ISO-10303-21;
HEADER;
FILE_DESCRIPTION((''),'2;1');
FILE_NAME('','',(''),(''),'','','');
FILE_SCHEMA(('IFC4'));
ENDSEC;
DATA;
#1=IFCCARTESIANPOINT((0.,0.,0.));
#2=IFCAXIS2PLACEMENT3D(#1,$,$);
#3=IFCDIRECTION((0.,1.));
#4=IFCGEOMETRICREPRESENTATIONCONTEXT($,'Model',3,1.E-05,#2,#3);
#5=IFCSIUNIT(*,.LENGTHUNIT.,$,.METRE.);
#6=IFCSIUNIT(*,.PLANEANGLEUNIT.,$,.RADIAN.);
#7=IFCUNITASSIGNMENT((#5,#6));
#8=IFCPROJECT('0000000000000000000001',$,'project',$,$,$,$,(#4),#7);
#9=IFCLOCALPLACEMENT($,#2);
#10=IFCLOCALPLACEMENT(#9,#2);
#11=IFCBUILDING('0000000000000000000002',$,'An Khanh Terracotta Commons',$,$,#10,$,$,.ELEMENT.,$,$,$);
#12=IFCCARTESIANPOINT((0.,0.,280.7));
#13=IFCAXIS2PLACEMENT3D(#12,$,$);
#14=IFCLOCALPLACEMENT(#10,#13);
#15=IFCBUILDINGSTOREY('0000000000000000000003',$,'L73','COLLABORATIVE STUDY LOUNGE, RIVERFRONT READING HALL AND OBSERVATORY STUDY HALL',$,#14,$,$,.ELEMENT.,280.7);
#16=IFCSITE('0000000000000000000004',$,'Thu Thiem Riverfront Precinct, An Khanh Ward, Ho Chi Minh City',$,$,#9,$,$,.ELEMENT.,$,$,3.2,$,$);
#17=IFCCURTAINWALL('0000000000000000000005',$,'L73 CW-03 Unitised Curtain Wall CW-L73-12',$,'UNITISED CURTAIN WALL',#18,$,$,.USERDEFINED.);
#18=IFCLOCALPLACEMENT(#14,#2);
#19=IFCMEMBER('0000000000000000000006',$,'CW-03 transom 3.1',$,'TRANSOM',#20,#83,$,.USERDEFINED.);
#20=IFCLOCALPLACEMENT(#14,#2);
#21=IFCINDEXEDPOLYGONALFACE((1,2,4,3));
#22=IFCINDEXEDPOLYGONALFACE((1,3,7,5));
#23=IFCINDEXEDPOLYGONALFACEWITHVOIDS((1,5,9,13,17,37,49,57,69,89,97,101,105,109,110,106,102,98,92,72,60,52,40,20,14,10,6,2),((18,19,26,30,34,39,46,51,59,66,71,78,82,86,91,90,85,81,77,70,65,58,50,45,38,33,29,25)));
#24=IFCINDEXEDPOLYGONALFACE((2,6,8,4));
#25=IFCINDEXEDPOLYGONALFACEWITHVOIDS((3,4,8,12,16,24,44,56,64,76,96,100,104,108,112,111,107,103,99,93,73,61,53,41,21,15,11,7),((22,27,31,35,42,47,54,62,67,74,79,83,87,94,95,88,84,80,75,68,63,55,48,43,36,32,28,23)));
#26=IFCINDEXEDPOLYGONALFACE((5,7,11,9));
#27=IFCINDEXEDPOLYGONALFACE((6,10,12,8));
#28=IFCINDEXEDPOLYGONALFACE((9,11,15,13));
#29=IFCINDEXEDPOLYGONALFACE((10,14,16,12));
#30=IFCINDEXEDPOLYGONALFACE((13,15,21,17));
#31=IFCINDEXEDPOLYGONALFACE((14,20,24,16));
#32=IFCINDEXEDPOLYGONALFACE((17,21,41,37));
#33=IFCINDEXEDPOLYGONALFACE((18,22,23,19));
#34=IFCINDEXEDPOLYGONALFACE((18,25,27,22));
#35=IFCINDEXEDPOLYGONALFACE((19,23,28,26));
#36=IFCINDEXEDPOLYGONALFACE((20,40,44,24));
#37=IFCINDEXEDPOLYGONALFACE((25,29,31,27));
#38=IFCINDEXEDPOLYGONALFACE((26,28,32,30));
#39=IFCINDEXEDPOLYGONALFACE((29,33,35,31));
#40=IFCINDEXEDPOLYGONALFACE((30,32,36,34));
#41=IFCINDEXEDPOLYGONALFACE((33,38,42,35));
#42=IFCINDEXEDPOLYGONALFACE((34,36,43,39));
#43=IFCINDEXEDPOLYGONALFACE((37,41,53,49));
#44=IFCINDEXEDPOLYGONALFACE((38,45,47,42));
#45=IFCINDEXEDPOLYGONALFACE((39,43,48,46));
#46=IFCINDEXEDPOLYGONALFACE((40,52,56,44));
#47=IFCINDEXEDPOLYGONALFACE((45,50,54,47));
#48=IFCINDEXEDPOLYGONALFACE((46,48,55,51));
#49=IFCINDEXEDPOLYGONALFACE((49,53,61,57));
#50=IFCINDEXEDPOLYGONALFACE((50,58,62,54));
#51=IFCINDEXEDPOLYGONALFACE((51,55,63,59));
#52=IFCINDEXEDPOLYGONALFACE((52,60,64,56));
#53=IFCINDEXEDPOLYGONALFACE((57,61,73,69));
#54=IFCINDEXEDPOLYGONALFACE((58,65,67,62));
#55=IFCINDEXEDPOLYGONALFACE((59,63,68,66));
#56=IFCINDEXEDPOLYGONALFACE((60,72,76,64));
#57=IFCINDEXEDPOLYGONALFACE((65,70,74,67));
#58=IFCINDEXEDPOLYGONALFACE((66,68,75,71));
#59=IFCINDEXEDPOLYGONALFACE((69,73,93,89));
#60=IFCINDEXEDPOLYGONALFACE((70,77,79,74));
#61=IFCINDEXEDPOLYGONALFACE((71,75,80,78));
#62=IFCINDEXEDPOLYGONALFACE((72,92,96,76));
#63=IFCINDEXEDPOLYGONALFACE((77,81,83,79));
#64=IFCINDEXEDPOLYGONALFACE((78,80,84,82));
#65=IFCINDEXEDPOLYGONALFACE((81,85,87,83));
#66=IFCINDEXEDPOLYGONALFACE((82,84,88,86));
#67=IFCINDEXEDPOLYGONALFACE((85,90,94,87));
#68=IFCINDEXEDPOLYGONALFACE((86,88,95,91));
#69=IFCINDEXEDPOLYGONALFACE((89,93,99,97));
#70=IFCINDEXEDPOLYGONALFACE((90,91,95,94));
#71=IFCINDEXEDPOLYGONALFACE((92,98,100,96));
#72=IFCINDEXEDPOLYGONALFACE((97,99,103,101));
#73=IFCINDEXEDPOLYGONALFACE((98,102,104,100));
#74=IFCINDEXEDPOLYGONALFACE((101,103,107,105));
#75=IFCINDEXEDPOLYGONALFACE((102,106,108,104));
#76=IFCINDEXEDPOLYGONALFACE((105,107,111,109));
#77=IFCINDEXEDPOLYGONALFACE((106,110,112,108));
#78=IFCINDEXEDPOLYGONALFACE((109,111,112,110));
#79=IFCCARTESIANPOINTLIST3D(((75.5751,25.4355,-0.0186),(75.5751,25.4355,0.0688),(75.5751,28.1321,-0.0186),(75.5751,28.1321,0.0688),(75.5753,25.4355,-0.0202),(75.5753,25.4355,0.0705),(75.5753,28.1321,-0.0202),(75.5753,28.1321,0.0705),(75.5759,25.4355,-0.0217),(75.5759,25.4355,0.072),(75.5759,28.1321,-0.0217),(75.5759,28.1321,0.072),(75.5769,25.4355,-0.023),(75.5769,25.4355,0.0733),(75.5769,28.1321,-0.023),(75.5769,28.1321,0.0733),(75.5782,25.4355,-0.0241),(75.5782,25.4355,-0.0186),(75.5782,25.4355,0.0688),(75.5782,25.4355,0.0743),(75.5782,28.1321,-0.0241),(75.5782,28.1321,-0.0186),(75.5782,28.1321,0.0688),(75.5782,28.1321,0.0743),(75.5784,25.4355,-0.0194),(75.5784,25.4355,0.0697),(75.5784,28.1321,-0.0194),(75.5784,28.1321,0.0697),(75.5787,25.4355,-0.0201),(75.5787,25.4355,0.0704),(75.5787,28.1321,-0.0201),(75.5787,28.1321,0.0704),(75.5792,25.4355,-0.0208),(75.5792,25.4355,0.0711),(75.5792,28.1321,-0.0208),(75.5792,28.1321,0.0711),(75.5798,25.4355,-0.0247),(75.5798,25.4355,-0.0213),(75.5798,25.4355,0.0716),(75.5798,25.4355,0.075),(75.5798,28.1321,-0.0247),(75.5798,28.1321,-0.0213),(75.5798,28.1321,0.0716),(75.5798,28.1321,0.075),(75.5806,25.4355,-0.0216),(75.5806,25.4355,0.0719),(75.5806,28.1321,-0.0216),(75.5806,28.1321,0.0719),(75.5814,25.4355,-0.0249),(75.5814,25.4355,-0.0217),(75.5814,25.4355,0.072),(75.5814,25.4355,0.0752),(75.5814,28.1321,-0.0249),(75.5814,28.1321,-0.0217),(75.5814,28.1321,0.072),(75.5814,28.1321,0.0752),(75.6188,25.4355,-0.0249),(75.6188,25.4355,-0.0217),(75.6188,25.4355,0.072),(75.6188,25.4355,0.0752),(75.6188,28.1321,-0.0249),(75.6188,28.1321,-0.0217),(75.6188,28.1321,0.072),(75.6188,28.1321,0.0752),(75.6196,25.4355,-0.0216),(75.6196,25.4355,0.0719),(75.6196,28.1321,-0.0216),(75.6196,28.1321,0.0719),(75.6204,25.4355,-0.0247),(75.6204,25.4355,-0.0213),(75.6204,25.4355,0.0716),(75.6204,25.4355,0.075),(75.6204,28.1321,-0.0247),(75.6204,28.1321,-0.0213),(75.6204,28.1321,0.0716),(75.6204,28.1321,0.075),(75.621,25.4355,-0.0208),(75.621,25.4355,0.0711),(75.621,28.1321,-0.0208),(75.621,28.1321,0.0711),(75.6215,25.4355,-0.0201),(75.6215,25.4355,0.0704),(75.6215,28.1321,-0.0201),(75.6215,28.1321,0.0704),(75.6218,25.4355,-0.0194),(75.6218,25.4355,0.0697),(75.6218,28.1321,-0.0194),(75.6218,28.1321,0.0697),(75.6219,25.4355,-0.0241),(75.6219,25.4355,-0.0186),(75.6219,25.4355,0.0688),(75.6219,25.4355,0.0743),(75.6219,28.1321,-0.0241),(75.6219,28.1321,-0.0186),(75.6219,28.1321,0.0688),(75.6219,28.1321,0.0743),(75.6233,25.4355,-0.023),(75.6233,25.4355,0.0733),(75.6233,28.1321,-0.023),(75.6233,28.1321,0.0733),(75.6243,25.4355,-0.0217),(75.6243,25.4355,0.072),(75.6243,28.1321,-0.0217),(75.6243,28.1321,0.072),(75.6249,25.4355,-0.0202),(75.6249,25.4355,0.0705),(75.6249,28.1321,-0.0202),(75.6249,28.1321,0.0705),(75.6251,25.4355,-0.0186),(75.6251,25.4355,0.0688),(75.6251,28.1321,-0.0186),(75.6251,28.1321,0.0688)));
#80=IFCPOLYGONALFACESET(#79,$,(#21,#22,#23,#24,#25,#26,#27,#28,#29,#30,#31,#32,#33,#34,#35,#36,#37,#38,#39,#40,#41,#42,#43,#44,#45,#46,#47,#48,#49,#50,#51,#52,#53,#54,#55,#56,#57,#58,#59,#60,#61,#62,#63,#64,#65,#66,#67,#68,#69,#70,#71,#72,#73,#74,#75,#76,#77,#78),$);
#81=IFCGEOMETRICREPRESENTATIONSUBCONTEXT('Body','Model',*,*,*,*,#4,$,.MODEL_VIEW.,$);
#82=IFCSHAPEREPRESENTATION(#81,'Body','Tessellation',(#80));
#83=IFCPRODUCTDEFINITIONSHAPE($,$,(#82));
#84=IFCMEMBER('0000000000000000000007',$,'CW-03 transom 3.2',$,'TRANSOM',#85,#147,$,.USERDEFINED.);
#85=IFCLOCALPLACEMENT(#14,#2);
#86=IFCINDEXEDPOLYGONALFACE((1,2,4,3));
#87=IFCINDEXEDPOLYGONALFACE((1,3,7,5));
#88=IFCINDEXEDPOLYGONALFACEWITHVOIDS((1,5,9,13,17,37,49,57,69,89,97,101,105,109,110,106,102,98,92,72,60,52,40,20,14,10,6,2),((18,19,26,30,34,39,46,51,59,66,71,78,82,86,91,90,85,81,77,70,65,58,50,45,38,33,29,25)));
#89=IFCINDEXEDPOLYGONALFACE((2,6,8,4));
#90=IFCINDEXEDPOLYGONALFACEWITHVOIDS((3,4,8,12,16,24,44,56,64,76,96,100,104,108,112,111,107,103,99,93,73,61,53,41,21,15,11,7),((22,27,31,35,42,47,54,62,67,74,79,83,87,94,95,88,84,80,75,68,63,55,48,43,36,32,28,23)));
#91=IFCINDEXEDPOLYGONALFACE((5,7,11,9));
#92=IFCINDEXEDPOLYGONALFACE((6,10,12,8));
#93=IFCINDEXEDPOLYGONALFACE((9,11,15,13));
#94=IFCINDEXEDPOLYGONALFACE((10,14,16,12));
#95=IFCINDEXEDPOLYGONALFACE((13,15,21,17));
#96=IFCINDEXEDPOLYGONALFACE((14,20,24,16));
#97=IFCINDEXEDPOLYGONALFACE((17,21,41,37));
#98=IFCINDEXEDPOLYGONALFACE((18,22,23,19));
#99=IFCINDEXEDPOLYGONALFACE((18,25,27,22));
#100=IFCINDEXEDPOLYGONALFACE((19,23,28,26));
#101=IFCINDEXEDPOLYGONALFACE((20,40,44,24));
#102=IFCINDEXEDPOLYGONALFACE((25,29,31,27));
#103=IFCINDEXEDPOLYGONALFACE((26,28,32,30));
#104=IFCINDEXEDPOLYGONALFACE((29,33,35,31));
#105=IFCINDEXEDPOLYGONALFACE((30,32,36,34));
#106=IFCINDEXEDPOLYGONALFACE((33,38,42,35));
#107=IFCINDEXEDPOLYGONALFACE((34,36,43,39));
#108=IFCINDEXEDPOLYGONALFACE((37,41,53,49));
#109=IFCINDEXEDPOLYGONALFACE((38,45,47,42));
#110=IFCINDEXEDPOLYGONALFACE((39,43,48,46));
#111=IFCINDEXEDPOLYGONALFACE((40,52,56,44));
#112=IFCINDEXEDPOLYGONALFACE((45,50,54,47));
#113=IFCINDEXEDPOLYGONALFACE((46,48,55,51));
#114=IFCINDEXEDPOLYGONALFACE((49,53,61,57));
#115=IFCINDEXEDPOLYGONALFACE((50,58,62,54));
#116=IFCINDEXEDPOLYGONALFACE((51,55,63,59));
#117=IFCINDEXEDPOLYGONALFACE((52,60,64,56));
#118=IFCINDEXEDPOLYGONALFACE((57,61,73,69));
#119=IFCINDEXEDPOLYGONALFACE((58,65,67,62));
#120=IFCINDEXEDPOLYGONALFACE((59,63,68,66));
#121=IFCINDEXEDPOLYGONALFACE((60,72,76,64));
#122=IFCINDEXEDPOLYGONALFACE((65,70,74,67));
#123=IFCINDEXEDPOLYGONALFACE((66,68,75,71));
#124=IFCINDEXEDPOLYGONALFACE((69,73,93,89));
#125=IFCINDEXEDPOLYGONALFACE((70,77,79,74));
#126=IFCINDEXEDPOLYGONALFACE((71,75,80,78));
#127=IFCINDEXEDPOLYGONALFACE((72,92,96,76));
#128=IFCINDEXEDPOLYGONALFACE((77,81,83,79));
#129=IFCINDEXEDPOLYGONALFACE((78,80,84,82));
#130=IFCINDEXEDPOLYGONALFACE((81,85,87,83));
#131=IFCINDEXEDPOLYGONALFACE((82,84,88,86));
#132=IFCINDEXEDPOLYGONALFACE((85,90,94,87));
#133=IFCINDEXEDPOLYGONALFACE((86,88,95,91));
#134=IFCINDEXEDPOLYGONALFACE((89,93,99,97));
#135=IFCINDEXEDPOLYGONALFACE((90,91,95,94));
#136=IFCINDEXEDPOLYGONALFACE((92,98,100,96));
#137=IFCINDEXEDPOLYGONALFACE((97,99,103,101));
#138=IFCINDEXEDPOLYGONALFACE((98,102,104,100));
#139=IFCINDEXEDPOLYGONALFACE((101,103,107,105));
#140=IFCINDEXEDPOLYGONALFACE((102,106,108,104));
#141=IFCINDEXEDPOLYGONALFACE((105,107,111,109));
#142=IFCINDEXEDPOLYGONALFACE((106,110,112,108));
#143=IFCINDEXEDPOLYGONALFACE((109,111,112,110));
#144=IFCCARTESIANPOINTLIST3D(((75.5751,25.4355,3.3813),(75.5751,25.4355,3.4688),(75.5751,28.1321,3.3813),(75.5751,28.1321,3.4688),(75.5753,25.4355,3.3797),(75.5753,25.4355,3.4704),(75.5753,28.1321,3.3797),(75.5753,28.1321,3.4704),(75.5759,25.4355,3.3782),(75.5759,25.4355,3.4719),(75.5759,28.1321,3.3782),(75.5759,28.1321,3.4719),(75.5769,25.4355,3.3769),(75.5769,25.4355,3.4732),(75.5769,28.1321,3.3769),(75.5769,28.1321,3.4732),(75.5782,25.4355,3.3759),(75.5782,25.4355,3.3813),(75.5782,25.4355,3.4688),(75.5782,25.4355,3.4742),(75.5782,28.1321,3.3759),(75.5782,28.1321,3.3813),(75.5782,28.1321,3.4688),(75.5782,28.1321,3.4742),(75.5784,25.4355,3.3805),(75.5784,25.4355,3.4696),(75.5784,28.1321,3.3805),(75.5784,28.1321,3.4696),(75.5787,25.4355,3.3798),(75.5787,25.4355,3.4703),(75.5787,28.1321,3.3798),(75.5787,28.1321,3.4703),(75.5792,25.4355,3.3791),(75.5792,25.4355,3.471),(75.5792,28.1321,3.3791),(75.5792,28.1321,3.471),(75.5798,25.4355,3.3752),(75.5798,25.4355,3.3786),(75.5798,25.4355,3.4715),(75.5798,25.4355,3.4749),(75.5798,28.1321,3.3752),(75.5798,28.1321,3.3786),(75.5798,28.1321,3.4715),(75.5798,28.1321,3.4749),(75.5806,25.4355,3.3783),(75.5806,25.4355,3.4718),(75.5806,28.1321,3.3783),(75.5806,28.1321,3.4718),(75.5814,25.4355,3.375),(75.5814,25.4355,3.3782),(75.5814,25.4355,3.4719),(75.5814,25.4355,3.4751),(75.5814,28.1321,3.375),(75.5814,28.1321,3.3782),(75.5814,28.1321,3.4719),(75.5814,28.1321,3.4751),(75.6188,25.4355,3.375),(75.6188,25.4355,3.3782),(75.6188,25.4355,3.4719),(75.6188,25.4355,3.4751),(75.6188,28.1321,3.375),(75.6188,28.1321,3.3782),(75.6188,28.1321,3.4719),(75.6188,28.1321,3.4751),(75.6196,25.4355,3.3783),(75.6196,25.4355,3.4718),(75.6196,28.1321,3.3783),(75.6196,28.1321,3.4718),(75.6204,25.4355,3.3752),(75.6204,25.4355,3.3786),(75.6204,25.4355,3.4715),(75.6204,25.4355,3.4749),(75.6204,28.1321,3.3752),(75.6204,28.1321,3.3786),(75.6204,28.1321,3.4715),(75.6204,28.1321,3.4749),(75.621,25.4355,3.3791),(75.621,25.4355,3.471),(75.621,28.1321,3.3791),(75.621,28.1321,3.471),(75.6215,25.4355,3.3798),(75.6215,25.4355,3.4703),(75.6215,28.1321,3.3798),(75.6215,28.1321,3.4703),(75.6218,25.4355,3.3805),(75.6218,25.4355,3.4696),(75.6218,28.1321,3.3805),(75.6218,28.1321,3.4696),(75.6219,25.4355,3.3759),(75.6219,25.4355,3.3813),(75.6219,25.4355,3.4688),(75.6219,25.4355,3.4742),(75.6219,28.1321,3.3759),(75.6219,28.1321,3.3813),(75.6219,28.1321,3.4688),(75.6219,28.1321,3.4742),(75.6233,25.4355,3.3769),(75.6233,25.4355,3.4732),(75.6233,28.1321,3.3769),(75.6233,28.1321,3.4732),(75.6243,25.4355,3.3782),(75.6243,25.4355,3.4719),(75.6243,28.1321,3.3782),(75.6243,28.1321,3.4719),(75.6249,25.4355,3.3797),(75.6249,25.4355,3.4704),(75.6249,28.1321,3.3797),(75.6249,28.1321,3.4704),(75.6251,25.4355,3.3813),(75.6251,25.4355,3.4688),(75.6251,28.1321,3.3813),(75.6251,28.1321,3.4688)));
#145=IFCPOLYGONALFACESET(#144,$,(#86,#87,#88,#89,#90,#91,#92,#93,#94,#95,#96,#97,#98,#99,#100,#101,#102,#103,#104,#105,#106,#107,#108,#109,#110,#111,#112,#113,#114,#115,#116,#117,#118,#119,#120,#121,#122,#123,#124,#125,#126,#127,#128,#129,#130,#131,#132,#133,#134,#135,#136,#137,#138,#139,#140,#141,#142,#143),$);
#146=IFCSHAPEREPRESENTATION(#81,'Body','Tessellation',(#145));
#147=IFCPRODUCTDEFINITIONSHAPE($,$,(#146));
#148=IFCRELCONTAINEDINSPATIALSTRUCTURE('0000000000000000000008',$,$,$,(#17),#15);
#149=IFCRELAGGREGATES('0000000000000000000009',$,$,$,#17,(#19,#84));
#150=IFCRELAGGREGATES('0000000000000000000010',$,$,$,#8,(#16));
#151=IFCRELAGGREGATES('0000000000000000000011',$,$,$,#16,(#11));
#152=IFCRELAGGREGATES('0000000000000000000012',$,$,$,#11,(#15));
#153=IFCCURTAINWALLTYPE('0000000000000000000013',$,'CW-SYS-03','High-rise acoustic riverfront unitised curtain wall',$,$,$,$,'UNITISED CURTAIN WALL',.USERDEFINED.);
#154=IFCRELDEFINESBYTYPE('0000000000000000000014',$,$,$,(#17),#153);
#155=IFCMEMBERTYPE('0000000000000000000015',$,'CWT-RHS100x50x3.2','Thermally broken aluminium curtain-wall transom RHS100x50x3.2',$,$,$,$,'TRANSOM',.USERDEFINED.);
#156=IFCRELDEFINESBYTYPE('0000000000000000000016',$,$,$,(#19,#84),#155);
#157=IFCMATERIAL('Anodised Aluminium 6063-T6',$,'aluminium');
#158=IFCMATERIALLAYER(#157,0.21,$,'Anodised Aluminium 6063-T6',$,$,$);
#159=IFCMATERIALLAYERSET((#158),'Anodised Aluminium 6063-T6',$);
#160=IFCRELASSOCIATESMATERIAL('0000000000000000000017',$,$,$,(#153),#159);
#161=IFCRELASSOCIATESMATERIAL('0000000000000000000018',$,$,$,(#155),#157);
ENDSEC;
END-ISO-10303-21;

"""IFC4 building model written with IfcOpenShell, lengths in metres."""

from ifc_helpers import new_model, si_unit, direction, frame, origin, origin_2d, place, context, subcontext, project, spatial, hollow_rectangle, extrude, material, layer, layer_set, material_profile, profile_set, type_object, element, aggregate, save


model = new_model("IFC4")

# Units and contexts
model_context = context("Model", 3, precision=1e-05, world=origin(), true_north=direction((0.0, 1.0)))
body_context = subcontext(model_context, "Body", "Model", "MODEL_VIEW")
ifc_project = project(units=[si_unit("LENGTHUNIT", "METRE"), si_unit("PLANEANGLEUNIT", "RADIAN")], contexts=[model_context])

# Site, building, storey
site_placement = place(None, origin())
site = spatial("IfcSite", under=ifc_project, at=site_placement, Name="Thu Thiem Riverfront Precinct, An Khanh Ward, Ho Chi Minh City", CompositionType="ELEMENT", RefElevation=3.2)
building_placement = place(site_placement, origin())
building = spatial("IfcBuilding", under=site, at=building_placement, Name="An Khanh Terracotta Commons", CompositionType="ELEMENT")
storey_placement = place(building_placement, frame((0.0, 0.0, 280.7)))
storey = spatial("IfcBuildingStorey", under=building, at=storey_placement, Name="L73", Description="COLLABORATIVE STUDY LOUNGE, RIVERFRONT READING HALL AND OBSERVATORY STUDY HALL", CompositionType="ELEMENT", Elevation=280.7)

# Curtain wall
ifc_material_1 = material(Name="Anodised Aluminium 6063-T6", Category="aluminium")
ifc_layer_1 = layer(ifc_material_1, 0.21, Name="Anodised Aluminium 6063-T6")
ifc_layer_set_1 = layer_set([ifc_layer_1], Name="Anodised Aluminium 6063-T6")
curtain_wall_type = type_object("IfcCurtainWallType", Name="CW-SYS-03", Description="High-rise acoustic riverfront unitised curtain wall", ElementType="UNITISED CURTAIN WALL", PredefinedType="USERDEFINED", material=ifc_layer_set_1)
curtain_wall_1_placement = place(storey_placement, origin())
curtain_wall_1 = element("IfcCurtainWall", 1, at=curtain_wall_1_placement, inside=storey, type_object=curtain_wall_type, Name="L73 CW-03 Unitised Curtain Wall CW-L73-12", ObjectType="UNITISED CURTAIN WALL", PredefinedType="USERDEFINED")

# Members
ifc_material_profile_1 = material_profile(ifc_material_1, hollow_rectangle(XDim=0.05, YDim=0.1001, WallThickness=0.0032, InnerFilletRadius=0.0032, OuterFilletRadius=0.0063, at=origin_2d()), Name="RHS100x50x3.2")
ifc_profile_set_1 = profile_set([ifc_material_profile_1], Name="Anodised Aluminium 6063-T6")
member_type_1 = type_object("IfcMemberType", Name="CWT-RHS100x50x3.2", Description="Thermally broken aluminium curtain-wall transom RHS100x50x3.2", ElementType="TRANSOM", PredefinedType="USERDEFINED", material=ifc_profile_set_1)
member_1_placement = place(storey_placement, frame((75.6001, 25.4355, 0.0251), z_axis=(0.0, 1.0, 0.0), x_axis=(-1.0, 0.0, 0.0)))
member_1 = element("IfcMember", 2, at=member_1_placement, type_object=member_type_1, Name="CW-03 transom 3.1", ObjectType="TRANSOM", PredefinedType="USERDEFINED", context=body_context, shape_type="SweptSolid", body=[
    extrude(hollow_rectangle(XDim=0.05, YDim=0.1001, WallThickness=0.0032, InnerFilletRadius=0.0032, OuterFilletRadius=0.0063, at=origin_2d()), origin(), (0.0, 0.0, 1.0), 2.6965),
])
member_2_placement = place(storey_placement, frame((75.6001, 25.4355, 3.425), z_axis=(0.0, 1.0, 0.0), x_axis=(-1.0, 0.0, 0.0)))
member_2 = element("IfcMember", 3, at=member_2_placement, type_object=member_type_1, Name="CW-03 transom 3.2", ObjectType="TRANSOM", PredefinedType="USERDEFINED", context=body_context, shape_type="SweptSolid", body=[
    extrude(hollow_rectangle(XDim=0.05, YDim=0.1001, WallThickness=0.0032, InnerFilletRadius=0.0032, OuterFilletRadius=0.0063, at=origin_2d()), origin(), (0.0, 0.0, 1.0), 2.6965),
])

aggregate(curtain_wall_1, [member_1, member_2])

save(model, "model.ifc")
